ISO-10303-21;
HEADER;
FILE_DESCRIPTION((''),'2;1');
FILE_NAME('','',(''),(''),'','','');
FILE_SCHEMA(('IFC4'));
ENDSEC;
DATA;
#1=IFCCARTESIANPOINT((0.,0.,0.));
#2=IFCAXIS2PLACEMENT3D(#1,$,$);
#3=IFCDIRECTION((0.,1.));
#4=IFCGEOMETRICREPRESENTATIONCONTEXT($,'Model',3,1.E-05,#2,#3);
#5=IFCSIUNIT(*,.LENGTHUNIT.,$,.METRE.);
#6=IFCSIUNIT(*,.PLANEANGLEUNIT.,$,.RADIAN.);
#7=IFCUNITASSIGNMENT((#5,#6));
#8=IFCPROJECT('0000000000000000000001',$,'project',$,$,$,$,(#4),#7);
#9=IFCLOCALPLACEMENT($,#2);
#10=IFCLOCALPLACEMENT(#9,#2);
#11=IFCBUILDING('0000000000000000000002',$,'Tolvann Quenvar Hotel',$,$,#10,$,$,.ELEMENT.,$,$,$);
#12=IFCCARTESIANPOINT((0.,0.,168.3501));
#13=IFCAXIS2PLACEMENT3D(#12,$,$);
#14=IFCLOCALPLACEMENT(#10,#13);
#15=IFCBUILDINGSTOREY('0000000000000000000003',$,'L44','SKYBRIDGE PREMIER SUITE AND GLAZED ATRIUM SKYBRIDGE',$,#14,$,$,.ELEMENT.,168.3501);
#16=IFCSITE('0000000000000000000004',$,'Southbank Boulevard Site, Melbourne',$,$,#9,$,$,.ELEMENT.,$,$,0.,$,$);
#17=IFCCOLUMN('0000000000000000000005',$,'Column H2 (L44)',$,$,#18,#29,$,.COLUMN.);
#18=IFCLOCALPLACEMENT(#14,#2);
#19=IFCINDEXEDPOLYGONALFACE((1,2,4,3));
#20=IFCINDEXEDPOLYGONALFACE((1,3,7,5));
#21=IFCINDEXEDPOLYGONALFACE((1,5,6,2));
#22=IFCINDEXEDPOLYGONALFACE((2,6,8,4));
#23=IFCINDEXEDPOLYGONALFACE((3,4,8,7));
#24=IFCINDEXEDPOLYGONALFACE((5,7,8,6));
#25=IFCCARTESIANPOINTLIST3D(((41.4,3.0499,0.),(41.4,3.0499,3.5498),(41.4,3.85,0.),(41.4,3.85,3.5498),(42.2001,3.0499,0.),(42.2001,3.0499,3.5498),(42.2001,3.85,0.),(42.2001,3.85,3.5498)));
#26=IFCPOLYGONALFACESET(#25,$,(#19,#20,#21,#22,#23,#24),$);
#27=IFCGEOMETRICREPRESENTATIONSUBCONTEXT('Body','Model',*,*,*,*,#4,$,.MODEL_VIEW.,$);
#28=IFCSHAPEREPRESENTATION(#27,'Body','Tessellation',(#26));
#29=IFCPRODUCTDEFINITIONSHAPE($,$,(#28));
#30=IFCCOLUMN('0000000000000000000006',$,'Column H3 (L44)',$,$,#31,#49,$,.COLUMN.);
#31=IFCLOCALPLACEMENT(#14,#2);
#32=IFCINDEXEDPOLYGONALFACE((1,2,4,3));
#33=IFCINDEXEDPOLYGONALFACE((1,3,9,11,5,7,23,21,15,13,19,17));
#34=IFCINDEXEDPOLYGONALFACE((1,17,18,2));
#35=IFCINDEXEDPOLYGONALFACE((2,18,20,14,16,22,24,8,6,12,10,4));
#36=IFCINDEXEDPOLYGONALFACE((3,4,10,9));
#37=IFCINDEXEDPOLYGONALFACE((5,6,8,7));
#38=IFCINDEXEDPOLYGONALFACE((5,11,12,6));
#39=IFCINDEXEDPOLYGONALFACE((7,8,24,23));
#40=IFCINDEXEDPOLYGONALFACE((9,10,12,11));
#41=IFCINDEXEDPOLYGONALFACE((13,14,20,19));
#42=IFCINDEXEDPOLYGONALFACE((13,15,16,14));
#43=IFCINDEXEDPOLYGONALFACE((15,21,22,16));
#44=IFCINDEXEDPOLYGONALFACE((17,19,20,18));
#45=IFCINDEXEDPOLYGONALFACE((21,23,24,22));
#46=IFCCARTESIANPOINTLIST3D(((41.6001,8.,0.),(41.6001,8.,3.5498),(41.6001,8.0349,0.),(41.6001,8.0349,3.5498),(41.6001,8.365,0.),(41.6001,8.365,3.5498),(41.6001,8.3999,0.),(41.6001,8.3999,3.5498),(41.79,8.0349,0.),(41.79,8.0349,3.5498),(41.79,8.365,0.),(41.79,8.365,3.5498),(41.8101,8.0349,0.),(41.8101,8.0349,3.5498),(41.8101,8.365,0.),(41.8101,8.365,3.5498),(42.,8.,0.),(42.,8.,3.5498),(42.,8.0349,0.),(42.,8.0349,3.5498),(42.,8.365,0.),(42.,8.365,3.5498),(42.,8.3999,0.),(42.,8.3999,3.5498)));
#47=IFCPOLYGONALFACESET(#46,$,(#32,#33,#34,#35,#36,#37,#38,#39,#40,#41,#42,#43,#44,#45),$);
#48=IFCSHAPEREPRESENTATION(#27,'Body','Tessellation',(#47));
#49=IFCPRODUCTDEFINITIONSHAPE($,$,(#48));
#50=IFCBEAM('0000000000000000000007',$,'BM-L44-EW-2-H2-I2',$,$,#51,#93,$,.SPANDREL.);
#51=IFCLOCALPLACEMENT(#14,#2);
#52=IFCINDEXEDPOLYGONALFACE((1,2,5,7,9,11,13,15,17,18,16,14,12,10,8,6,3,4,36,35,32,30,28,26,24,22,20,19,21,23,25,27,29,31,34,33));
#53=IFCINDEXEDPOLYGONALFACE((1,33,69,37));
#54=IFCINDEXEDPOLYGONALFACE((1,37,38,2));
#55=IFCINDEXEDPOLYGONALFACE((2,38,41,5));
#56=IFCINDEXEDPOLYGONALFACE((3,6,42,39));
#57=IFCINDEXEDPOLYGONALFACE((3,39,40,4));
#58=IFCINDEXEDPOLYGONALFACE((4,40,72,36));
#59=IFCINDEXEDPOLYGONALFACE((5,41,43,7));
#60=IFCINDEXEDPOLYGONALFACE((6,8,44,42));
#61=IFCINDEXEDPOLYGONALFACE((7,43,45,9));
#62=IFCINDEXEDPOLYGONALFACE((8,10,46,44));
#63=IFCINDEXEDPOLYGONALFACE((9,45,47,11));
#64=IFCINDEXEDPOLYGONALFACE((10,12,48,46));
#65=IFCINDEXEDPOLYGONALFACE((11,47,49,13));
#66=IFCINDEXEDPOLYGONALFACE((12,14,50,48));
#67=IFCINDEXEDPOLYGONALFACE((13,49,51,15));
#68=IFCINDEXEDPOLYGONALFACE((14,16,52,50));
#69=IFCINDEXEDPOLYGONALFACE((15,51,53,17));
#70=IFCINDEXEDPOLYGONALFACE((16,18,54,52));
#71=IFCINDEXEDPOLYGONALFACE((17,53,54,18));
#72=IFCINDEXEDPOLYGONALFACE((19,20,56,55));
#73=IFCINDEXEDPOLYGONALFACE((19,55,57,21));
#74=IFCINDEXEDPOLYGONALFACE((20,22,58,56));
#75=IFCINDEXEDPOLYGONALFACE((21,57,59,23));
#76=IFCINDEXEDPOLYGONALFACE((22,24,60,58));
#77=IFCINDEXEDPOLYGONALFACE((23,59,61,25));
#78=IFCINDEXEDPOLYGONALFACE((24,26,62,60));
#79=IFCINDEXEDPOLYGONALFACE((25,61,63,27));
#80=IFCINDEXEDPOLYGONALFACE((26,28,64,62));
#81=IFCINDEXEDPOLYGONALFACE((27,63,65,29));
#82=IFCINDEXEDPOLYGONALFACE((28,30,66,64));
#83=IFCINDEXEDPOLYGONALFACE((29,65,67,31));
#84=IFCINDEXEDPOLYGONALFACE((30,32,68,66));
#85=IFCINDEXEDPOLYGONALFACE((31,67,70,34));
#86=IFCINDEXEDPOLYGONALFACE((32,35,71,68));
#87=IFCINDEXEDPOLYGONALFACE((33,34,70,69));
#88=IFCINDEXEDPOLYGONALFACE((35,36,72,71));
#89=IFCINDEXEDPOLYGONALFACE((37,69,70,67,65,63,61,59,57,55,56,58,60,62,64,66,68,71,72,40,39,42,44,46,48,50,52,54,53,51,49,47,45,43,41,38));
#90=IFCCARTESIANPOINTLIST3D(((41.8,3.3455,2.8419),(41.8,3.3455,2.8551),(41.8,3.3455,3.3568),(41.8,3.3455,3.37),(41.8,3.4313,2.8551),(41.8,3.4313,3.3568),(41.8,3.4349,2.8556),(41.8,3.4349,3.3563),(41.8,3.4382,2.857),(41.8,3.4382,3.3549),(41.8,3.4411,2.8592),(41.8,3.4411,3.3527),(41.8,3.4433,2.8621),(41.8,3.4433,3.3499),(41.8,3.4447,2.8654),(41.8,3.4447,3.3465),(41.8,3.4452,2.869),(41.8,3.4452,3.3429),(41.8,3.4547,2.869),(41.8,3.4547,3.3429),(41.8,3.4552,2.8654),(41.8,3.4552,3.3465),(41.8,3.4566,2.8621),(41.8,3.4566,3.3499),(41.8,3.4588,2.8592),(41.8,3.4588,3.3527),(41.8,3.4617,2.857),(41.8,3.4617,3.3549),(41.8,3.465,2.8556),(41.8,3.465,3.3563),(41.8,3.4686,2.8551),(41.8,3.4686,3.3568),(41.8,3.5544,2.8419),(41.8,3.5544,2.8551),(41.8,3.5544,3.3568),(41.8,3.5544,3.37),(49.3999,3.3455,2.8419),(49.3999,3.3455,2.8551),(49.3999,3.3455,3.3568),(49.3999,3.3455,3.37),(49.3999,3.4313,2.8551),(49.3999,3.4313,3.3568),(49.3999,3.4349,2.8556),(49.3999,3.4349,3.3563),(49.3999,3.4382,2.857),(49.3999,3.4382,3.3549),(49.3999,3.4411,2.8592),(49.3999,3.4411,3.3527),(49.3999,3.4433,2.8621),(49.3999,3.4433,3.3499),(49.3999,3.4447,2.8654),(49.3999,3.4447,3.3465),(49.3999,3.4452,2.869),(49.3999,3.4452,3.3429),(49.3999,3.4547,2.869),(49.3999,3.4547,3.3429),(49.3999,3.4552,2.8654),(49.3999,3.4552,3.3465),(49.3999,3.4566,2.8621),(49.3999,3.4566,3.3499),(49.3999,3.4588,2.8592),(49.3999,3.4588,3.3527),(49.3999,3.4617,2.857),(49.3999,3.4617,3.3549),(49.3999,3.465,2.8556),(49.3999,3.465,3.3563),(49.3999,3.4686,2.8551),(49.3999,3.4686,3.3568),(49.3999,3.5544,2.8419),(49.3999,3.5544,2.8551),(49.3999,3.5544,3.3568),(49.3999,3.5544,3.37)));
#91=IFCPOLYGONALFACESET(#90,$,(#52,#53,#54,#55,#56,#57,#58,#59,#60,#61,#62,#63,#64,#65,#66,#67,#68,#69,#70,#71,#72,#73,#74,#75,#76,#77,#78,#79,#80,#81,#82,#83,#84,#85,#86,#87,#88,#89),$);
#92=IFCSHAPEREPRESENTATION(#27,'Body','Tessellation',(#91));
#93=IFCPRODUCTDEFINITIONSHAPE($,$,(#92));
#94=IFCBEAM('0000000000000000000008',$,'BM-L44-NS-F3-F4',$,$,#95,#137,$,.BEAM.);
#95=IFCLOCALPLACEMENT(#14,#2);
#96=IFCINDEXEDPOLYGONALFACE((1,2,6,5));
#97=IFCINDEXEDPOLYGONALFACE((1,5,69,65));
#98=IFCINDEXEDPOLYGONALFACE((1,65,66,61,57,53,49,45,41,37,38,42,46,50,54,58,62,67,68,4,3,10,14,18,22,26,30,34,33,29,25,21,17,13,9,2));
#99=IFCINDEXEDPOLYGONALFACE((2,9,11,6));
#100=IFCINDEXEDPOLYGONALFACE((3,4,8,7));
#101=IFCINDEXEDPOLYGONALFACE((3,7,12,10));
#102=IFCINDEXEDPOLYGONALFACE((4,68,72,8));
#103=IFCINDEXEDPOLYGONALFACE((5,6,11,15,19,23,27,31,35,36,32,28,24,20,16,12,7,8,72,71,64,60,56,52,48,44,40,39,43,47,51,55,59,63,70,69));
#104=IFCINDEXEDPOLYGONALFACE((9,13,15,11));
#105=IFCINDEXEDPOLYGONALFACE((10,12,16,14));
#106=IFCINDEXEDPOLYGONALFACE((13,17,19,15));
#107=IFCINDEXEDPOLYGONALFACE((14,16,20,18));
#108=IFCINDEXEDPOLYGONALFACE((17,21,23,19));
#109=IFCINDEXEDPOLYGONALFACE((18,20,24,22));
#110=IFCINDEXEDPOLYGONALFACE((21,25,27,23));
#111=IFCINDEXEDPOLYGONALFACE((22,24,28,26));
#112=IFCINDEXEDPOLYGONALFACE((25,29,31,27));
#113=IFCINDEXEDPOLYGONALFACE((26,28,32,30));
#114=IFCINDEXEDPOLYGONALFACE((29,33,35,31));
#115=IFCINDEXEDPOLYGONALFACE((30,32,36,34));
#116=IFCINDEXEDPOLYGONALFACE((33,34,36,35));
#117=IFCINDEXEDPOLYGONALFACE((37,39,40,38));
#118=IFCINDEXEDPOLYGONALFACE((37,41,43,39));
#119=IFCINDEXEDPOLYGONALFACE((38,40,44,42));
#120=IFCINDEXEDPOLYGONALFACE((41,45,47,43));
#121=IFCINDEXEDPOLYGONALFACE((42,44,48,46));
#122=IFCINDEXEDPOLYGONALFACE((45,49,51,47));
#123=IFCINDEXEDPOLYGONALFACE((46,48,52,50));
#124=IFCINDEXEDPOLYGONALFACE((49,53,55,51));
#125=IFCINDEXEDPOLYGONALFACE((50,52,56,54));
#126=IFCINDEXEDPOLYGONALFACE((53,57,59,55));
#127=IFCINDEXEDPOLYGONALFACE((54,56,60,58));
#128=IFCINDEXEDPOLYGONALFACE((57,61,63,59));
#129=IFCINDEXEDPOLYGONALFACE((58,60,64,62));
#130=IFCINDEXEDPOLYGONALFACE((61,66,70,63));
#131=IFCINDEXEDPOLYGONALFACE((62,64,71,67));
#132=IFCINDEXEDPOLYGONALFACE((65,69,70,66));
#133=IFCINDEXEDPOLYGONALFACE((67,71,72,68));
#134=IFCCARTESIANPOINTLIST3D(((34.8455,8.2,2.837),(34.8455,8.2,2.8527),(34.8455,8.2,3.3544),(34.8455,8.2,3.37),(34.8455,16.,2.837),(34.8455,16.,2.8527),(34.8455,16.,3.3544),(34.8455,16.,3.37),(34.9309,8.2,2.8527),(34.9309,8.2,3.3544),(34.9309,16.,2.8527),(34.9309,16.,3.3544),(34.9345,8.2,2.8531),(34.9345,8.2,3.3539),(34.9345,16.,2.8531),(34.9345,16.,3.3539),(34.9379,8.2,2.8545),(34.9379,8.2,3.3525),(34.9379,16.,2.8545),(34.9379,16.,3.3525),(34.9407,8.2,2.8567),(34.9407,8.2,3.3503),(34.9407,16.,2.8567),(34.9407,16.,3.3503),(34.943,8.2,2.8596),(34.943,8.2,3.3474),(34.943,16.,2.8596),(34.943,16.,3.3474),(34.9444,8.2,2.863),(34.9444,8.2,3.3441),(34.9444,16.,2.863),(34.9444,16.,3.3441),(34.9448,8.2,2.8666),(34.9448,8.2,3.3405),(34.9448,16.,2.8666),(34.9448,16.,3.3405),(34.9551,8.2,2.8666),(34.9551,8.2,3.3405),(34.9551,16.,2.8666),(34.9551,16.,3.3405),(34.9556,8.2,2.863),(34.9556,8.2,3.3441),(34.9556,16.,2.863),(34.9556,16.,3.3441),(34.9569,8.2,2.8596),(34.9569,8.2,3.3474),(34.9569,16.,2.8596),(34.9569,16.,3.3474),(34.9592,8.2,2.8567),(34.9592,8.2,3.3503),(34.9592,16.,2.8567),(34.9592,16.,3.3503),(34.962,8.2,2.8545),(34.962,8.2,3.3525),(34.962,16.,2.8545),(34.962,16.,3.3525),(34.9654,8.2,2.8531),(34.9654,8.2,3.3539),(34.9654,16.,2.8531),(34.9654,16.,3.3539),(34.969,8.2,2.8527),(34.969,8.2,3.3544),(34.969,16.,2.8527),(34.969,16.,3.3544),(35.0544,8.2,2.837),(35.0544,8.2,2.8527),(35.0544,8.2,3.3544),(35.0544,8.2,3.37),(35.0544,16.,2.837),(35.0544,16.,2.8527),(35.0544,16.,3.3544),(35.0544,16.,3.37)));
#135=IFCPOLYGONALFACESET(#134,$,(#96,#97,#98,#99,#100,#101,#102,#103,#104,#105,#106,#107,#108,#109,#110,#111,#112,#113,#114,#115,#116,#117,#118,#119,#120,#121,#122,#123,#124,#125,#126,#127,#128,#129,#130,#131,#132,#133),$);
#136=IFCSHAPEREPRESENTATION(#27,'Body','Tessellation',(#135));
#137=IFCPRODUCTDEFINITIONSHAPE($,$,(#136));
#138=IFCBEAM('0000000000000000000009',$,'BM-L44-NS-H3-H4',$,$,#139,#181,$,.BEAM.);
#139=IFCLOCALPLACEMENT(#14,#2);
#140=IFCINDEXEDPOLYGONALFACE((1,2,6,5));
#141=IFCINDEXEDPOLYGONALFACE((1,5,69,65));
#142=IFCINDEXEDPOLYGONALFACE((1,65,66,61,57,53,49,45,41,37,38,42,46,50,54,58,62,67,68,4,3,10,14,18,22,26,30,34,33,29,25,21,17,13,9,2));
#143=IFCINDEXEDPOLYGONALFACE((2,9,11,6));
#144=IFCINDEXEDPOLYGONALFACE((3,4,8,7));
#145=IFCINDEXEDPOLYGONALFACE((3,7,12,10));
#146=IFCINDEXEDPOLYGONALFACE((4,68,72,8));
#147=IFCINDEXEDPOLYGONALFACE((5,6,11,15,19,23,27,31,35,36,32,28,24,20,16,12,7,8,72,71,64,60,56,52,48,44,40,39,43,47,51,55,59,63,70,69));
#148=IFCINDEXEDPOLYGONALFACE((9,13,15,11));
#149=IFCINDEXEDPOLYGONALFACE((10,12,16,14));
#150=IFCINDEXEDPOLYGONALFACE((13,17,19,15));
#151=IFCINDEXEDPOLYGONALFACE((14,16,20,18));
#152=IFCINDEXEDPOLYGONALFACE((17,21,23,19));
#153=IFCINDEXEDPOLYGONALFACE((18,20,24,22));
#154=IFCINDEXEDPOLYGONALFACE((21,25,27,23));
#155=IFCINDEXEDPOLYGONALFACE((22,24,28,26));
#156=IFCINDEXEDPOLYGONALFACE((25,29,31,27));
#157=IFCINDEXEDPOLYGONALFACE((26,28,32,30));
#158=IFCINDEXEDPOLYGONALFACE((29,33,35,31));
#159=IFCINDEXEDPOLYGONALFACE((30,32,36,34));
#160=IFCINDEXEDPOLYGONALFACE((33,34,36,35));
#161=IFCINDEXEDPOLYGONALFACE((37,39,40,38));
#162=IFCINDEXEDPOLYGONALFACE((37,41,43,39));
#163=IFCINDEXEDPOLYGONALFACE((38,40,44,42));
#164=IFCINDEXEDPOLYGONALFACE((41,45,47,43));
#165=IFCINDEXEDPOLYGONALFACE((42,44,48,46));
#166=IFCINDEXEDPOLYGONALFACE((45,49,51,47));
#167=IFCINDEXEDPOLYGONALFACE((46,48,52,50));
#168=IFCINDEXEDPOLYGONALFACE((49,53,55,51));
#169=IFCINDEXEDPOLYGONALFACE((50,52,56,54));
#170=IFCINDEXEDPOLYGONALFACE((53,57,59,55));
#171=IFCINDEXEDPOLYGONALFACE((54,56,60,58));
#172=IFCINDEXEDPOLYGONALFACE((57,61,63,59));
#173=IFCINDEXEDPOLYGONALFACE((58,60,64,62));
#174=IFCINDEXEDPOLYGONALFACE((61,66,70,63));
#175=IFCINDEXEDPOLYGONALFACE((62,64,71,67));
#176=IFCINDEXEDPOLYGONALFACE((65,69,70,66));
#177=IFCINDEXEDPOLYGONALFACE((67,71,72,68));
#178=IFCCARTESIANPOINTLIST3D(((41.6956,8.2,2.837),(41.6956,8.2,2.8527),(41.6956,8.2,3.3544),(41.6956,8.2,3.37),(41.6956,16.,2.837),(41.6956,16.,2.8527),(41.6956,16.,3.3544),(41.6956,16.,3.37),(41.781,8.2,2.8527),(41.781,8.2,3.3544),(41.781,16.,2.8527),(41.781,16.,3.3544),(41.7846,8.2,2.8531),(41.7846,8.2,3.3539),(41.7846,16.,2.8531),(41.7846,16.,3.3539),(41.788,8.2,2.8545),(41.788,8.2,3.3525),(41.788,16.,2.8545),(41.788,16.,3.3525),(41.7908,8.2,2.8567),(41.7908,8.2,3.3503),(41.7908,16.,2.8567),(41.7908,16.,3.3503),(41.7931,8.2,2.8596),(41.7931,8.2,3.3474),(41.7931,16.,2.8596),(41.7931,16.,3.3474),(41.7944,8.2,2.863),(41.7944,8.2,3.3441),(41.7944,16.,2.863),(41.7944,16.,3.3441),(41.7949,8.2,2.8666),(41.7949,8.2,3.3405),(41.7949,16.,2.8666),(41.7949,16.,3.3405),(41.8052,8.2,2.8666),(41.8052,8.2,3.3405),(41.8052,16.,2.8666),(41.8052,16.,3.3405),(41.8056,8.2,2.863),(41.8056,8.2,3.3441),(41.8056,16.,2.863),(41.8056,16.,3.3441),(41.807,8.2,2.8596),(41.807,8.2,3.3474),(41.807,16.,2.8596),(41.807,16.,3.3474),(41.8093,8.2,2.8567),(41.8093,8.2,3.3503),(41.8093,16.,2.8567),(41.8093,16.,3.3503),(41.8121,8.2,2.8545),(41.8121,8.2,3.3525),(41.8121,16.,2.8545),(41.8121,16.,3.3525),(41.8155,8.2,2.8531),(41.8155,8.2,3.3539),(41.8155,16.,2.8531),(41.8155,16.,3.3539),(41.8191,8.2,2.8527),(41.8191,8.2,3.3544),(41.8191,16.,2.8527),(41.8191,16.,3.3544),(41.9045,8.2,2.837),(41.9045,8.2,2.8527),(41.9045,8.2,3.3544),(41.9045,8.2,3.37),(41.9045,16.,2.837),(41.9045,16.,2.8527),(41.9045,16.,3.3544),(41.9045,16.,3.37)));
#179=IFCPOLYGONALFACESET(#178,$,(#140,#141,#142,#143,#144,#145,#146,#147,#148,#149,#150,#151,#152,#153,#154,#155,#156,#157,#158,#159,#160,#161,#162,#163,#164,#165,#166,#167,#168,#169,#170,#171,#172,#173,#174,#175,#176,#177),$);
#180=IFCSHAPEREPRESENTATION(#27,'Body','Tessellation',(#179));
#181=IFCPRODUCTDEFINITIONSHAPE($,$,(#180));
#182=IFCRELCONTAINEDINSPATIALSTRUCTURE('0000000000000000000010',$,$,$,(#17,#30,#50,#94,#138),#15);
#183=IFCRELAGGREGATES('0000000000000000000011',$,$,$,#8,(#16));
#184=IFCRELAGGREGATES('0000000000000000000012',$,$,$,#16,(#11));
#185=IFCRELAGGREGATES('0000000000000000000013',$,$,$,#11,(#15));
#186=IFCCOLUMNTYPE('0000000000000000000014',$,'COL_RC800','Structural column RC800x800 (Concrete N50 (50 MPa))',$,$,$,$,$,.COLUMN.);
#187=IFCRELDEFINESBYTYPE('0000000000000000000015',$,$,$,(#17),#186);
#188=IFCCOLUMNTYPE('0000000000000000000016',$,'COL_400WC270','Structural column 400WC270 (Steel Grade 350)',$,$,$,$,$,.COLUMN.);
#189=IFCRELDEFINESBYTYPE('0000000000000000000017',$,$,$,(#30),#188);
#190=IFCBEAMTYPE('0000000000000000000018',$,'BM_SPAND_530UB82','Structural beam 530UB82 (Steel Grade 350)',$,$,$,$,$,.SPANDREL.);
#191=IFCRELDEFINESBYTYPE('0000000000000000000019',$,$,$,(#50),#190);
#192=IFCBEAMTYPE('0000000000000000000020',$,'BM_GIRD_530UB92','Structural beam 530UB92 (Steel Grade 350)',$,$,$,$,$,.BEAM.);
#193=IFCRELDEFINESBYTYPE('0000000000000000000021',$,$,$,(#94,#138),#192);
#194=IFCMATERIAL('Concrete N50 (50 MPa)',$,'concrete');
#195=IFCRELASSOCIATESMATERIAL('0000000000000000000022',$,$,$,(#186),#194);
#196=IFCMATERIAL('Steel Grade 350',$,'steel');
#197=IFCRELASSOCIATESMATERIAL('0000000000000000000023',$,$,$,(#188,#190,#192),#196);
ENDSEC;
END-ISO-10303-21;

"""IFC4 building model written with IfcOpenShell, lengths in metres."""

from ifc_helpers import new_model, si_unit, direction, frame, origin, origin_2d, place, context, subcontext, project, spatial, rectangle, i_section, extrude, source, transform, mapped, material, material_profile, profile_set, type_object, type_shapes, element, save


model = new_model("IFC4")

# Units and contexts
model_context = context("Model", 3, precision=1e-05, world=origin(), true_north=direction((0.0, 1.0)))
body_context = subcontext(model_context, "Body", "Model", "MODEL_VIEW")
ifc_project = project(units=[si_unit("LENGTHUNIT", "METRE"), si_unit("PLANEANGLEUNIT", "RADIAN")], contexts=[model_context])

# Site, building, storey
site_placement = place(None, origin())
site = spatial("IfcSite", under=ifc_project, at=site_placement, Name="Southbank Boulevard Site, Melbourne", CompositionType="ELEMENT", RefElevation=0.0)
building_placement = place(site_placement, origin())
building = spatial("IfcBuilding", under=site, at=building_placement, Name="Tolvann Quenvar Hotel", CompositionType="ELEMENT")
storey_placement = place(building_placement, frame((0.0, 0.0, 168.3501)))
storey = spatial("IfcBuildingStorey", under=building, at=storey_placement, Name="L44", Description="SKYBRIDGE PREMIER SUITE AND GLAZED ATRIUM SKYBRIDGE", CompositionType="ELEMENT", Elevation=168.3501)

# Columns
ifc_material_1 = material(Name="Concrete N50 (50 MPa)", Category="concrete")
ifc_material_profile_1 = material_profile(ifc_material_1, rectangle(XDim=0.8, YDim=0.8, at=origin_2d()), Name="RC800x800")
ifc_profile_set_1 = profile_set([ifc_material_profile_1], Name="Concrete N50 (50 MPa)")
column_type_1 = type_object("IfcColumnType", Name="COL_RC800", Description="Structural column RC800x800 (Concrete N50 (50 MPa))", PredefinedType="COLUMN", material=ifc_profile_set_1)
shared_shape_1 = source(origin(), body_context, "Body", "SweptSolid", [
    extrude(rectangle(XDim=0.8, YDim=0.8, at=origin_2d()), origin(), (0.0, 0.0, 1.0), 3.5498),
])
type_shapes(column_type_1, [shared_shape_1])
column_1_placement = place(storey_placement, frame((41.8, 3.45, 0.0), z_axis=(0.0, 0.0, 1.0), x_axis=(1.0, 0.0, 0.0)))
element("IfcColumn", 1, at=column_1_placement, inside=storey, type_object=column_type_1, Name="Column H2 (L44)", PredefinedType="COLUMN", context=body_context, shape_type="MappedRepresentation", body=[
    mapped(shared_shape_1, transform((0.0, 0.0, 0.0), x_axis=(1.0, 0.0, 0.0), y_axis=(0.0, 1.0, 0.0), z_axis=(0.0, 0.0, 1.0), scale=1.0)),
])
ifc_material_2 = material(Name="Steel Grade 350", Category="steel")
ifc_material_profile_2 = material_profile(ifc_material_2, i_section(OverallWidth=0.3999, OverallDepth=0.3999, WebThickness=0.02, FlangeThickness=0.0349, at=origin_2d()), Name="400WC270")
ifc_profile_set_2 = profile_set([ifc_material_profile_2], Name="Steel Grade 350")
column_type_2 = type_object("IfcColumnType", Name="COL_400WC270", Description="Structural column 400WC270 (Steel Grade 350)", PredefinedType="COLUMN", material=ifc_profile_set_2)
shared_shape_2 = source(origin(), body_context, "Body", "SweptSolid", [
    extrude(i_section(OverallWidth=0.3999, OverallDepth=0.3999, WebThickness=0.02, FlangeThickness=0.0349, at=origin_2d()), origin(), (0.0, 0.0, 1.0), 3.5498),
])
type_shapes(column_type_2, [shared_shape_2])
column_2_placement = place(storey_placement, frame((41.8, 8.2, 0.0), z_axis=(0.0, 0.0, 1.0), x_axis=(1.0, 0.0, 0.0)))
element("IfcColumn", 2, at=column_2_placement, inside=storey, type_object=column_type_2, Name="Column H3 (L44)", PredefinedType="COLUMN", context=body_context, shape_type="MappedRepresentation", body=[
    mapped(shared_shape_2, transform((0.0, 0.0, 0.0), x_axis=(1.0, 0.0, 0.0), y_axis=(0.0, 1.0, 0.0), z_axis=(0.0, 0.0, 1.0), scale=1.0)),
])

# Beams
ifc_material_profile_3 = material_profile(ifc_material_2, i_section(OverallWidth=0.209, OverallDepth=0.5281, WebThickness=0.0095, FlangeThickness=0.0132, FilletRadius=0.0139, at=origin_2d()), Name="530UB82")
ifc_profile_set_3 = profile_set([ifc_material_profile_3], Name="Steel Grade 350")
beam_type_1 = type_object("IfcBeamType", Name="BM_SPAND_530UB82", Description="Structural beam 530UB82 (Steel Grade 350)", PredefinedType="SPANDREL", material=ifc_profile_set_3)
shared_shape_3 = source(origin(), body_context, "Body", "SweptSolid", [
    extrude(i_section(OverallWidth=0.209, OverallDepth=0.5281, WebThickness=0.0095, FlangeThickness=0.0132, FilletRadius=0.0139, at=origin_2d()), origin(), (0.0, 0.0, 1.0), 7.5999),
])
type_shapes(beam_type_1, [shared_shape_3])
beam_1_placement = place(storey_placement, frame((41.8, 3.45, 3.106), z_axis=(1.0, 0.0, 0.0), x_axis=(0.0, 1.0, 0.0)))
element("IfcBeam", 3, at=beam_1_placement, inside=storey, type_object=beam_type_1, Name="BM-L44-EW-2-H2-I2", PredefinedType="SPANDREL", context=body_context, shape_type="MappedRepresentation", body=[
    mapped(shared_shape_3, transform((0.0, 0.0, 0.0), x_axis=(1.0, 0.0, 0.0), y_axis=(0.0, 1.0, 0.0), z_axis=(0.0, 0.0, 1.0), scale=1.0)),
])
ifc_material_profile_4 = material_profile(ifc_material_2, i_section(OverallWidth=0.209, OverallDepth=0.533, WebThickness=0.0103, FlangeThickness=0.0156, FilletRadius=0.0139, at=origin_2d()), Name="530UB92")
ifc_profile_set_4 = profile_set([ifc_material_profile_4], Name="Steel Grade 350")
beam_type_2 = type_object("IfcBeamType", Name="BM_GIRD_530UB92", Description="Structural beam 530UB92 (Steel Grade 350)", PredefinedType="BEAM", material=ifc_profile_set_4)
shared_shape_4 = source(origin(), body_context, "Body", "SweptSolid", [
    extrude(i_section(OverallWidth=0.209, OverallDepth=0.533, WebThickness=0.0103, FlangeThickness=0.0156, FilletRadius=0.0139, at=origin_2d()), origin(), (0.0, 0.0, 1.0), 7.8),
])
for number, where, z_axis, x_axis, name in (
    (4, (34.95, 8.2, 3.1035), (0.0, 1.0, 0.0), (-1.0, 0.0, 0.0), "BM-L44-NS-F3-F4"),
    (5, (41.8, 8.2, 3.1035), (0.0, 1.0, 0.0), (-1.0, 0.0, 0.0), "BM-L44-NS-H3-H4"),
):
    element("IfcBeam", number, at=place(storey_placement, frame(where, z_axis=z_axis, x_axis=x_axis)), inside=storey, type_object=beam_type_2, Name=name, PredefinedType="BEAM", context=body_context, shape_type="MappedRepresentation", body=[
        mapped(shared_shape_4, transform((0.0, 0.0, 0.0), x_axis=(1.0, 0.0, 0.0), y_axis=(0.0, 1.0, 0.0), z_axis=(0.0, 0.0, 1.0), scale=1.0)),
    ])

save(model, "model.ifc")
